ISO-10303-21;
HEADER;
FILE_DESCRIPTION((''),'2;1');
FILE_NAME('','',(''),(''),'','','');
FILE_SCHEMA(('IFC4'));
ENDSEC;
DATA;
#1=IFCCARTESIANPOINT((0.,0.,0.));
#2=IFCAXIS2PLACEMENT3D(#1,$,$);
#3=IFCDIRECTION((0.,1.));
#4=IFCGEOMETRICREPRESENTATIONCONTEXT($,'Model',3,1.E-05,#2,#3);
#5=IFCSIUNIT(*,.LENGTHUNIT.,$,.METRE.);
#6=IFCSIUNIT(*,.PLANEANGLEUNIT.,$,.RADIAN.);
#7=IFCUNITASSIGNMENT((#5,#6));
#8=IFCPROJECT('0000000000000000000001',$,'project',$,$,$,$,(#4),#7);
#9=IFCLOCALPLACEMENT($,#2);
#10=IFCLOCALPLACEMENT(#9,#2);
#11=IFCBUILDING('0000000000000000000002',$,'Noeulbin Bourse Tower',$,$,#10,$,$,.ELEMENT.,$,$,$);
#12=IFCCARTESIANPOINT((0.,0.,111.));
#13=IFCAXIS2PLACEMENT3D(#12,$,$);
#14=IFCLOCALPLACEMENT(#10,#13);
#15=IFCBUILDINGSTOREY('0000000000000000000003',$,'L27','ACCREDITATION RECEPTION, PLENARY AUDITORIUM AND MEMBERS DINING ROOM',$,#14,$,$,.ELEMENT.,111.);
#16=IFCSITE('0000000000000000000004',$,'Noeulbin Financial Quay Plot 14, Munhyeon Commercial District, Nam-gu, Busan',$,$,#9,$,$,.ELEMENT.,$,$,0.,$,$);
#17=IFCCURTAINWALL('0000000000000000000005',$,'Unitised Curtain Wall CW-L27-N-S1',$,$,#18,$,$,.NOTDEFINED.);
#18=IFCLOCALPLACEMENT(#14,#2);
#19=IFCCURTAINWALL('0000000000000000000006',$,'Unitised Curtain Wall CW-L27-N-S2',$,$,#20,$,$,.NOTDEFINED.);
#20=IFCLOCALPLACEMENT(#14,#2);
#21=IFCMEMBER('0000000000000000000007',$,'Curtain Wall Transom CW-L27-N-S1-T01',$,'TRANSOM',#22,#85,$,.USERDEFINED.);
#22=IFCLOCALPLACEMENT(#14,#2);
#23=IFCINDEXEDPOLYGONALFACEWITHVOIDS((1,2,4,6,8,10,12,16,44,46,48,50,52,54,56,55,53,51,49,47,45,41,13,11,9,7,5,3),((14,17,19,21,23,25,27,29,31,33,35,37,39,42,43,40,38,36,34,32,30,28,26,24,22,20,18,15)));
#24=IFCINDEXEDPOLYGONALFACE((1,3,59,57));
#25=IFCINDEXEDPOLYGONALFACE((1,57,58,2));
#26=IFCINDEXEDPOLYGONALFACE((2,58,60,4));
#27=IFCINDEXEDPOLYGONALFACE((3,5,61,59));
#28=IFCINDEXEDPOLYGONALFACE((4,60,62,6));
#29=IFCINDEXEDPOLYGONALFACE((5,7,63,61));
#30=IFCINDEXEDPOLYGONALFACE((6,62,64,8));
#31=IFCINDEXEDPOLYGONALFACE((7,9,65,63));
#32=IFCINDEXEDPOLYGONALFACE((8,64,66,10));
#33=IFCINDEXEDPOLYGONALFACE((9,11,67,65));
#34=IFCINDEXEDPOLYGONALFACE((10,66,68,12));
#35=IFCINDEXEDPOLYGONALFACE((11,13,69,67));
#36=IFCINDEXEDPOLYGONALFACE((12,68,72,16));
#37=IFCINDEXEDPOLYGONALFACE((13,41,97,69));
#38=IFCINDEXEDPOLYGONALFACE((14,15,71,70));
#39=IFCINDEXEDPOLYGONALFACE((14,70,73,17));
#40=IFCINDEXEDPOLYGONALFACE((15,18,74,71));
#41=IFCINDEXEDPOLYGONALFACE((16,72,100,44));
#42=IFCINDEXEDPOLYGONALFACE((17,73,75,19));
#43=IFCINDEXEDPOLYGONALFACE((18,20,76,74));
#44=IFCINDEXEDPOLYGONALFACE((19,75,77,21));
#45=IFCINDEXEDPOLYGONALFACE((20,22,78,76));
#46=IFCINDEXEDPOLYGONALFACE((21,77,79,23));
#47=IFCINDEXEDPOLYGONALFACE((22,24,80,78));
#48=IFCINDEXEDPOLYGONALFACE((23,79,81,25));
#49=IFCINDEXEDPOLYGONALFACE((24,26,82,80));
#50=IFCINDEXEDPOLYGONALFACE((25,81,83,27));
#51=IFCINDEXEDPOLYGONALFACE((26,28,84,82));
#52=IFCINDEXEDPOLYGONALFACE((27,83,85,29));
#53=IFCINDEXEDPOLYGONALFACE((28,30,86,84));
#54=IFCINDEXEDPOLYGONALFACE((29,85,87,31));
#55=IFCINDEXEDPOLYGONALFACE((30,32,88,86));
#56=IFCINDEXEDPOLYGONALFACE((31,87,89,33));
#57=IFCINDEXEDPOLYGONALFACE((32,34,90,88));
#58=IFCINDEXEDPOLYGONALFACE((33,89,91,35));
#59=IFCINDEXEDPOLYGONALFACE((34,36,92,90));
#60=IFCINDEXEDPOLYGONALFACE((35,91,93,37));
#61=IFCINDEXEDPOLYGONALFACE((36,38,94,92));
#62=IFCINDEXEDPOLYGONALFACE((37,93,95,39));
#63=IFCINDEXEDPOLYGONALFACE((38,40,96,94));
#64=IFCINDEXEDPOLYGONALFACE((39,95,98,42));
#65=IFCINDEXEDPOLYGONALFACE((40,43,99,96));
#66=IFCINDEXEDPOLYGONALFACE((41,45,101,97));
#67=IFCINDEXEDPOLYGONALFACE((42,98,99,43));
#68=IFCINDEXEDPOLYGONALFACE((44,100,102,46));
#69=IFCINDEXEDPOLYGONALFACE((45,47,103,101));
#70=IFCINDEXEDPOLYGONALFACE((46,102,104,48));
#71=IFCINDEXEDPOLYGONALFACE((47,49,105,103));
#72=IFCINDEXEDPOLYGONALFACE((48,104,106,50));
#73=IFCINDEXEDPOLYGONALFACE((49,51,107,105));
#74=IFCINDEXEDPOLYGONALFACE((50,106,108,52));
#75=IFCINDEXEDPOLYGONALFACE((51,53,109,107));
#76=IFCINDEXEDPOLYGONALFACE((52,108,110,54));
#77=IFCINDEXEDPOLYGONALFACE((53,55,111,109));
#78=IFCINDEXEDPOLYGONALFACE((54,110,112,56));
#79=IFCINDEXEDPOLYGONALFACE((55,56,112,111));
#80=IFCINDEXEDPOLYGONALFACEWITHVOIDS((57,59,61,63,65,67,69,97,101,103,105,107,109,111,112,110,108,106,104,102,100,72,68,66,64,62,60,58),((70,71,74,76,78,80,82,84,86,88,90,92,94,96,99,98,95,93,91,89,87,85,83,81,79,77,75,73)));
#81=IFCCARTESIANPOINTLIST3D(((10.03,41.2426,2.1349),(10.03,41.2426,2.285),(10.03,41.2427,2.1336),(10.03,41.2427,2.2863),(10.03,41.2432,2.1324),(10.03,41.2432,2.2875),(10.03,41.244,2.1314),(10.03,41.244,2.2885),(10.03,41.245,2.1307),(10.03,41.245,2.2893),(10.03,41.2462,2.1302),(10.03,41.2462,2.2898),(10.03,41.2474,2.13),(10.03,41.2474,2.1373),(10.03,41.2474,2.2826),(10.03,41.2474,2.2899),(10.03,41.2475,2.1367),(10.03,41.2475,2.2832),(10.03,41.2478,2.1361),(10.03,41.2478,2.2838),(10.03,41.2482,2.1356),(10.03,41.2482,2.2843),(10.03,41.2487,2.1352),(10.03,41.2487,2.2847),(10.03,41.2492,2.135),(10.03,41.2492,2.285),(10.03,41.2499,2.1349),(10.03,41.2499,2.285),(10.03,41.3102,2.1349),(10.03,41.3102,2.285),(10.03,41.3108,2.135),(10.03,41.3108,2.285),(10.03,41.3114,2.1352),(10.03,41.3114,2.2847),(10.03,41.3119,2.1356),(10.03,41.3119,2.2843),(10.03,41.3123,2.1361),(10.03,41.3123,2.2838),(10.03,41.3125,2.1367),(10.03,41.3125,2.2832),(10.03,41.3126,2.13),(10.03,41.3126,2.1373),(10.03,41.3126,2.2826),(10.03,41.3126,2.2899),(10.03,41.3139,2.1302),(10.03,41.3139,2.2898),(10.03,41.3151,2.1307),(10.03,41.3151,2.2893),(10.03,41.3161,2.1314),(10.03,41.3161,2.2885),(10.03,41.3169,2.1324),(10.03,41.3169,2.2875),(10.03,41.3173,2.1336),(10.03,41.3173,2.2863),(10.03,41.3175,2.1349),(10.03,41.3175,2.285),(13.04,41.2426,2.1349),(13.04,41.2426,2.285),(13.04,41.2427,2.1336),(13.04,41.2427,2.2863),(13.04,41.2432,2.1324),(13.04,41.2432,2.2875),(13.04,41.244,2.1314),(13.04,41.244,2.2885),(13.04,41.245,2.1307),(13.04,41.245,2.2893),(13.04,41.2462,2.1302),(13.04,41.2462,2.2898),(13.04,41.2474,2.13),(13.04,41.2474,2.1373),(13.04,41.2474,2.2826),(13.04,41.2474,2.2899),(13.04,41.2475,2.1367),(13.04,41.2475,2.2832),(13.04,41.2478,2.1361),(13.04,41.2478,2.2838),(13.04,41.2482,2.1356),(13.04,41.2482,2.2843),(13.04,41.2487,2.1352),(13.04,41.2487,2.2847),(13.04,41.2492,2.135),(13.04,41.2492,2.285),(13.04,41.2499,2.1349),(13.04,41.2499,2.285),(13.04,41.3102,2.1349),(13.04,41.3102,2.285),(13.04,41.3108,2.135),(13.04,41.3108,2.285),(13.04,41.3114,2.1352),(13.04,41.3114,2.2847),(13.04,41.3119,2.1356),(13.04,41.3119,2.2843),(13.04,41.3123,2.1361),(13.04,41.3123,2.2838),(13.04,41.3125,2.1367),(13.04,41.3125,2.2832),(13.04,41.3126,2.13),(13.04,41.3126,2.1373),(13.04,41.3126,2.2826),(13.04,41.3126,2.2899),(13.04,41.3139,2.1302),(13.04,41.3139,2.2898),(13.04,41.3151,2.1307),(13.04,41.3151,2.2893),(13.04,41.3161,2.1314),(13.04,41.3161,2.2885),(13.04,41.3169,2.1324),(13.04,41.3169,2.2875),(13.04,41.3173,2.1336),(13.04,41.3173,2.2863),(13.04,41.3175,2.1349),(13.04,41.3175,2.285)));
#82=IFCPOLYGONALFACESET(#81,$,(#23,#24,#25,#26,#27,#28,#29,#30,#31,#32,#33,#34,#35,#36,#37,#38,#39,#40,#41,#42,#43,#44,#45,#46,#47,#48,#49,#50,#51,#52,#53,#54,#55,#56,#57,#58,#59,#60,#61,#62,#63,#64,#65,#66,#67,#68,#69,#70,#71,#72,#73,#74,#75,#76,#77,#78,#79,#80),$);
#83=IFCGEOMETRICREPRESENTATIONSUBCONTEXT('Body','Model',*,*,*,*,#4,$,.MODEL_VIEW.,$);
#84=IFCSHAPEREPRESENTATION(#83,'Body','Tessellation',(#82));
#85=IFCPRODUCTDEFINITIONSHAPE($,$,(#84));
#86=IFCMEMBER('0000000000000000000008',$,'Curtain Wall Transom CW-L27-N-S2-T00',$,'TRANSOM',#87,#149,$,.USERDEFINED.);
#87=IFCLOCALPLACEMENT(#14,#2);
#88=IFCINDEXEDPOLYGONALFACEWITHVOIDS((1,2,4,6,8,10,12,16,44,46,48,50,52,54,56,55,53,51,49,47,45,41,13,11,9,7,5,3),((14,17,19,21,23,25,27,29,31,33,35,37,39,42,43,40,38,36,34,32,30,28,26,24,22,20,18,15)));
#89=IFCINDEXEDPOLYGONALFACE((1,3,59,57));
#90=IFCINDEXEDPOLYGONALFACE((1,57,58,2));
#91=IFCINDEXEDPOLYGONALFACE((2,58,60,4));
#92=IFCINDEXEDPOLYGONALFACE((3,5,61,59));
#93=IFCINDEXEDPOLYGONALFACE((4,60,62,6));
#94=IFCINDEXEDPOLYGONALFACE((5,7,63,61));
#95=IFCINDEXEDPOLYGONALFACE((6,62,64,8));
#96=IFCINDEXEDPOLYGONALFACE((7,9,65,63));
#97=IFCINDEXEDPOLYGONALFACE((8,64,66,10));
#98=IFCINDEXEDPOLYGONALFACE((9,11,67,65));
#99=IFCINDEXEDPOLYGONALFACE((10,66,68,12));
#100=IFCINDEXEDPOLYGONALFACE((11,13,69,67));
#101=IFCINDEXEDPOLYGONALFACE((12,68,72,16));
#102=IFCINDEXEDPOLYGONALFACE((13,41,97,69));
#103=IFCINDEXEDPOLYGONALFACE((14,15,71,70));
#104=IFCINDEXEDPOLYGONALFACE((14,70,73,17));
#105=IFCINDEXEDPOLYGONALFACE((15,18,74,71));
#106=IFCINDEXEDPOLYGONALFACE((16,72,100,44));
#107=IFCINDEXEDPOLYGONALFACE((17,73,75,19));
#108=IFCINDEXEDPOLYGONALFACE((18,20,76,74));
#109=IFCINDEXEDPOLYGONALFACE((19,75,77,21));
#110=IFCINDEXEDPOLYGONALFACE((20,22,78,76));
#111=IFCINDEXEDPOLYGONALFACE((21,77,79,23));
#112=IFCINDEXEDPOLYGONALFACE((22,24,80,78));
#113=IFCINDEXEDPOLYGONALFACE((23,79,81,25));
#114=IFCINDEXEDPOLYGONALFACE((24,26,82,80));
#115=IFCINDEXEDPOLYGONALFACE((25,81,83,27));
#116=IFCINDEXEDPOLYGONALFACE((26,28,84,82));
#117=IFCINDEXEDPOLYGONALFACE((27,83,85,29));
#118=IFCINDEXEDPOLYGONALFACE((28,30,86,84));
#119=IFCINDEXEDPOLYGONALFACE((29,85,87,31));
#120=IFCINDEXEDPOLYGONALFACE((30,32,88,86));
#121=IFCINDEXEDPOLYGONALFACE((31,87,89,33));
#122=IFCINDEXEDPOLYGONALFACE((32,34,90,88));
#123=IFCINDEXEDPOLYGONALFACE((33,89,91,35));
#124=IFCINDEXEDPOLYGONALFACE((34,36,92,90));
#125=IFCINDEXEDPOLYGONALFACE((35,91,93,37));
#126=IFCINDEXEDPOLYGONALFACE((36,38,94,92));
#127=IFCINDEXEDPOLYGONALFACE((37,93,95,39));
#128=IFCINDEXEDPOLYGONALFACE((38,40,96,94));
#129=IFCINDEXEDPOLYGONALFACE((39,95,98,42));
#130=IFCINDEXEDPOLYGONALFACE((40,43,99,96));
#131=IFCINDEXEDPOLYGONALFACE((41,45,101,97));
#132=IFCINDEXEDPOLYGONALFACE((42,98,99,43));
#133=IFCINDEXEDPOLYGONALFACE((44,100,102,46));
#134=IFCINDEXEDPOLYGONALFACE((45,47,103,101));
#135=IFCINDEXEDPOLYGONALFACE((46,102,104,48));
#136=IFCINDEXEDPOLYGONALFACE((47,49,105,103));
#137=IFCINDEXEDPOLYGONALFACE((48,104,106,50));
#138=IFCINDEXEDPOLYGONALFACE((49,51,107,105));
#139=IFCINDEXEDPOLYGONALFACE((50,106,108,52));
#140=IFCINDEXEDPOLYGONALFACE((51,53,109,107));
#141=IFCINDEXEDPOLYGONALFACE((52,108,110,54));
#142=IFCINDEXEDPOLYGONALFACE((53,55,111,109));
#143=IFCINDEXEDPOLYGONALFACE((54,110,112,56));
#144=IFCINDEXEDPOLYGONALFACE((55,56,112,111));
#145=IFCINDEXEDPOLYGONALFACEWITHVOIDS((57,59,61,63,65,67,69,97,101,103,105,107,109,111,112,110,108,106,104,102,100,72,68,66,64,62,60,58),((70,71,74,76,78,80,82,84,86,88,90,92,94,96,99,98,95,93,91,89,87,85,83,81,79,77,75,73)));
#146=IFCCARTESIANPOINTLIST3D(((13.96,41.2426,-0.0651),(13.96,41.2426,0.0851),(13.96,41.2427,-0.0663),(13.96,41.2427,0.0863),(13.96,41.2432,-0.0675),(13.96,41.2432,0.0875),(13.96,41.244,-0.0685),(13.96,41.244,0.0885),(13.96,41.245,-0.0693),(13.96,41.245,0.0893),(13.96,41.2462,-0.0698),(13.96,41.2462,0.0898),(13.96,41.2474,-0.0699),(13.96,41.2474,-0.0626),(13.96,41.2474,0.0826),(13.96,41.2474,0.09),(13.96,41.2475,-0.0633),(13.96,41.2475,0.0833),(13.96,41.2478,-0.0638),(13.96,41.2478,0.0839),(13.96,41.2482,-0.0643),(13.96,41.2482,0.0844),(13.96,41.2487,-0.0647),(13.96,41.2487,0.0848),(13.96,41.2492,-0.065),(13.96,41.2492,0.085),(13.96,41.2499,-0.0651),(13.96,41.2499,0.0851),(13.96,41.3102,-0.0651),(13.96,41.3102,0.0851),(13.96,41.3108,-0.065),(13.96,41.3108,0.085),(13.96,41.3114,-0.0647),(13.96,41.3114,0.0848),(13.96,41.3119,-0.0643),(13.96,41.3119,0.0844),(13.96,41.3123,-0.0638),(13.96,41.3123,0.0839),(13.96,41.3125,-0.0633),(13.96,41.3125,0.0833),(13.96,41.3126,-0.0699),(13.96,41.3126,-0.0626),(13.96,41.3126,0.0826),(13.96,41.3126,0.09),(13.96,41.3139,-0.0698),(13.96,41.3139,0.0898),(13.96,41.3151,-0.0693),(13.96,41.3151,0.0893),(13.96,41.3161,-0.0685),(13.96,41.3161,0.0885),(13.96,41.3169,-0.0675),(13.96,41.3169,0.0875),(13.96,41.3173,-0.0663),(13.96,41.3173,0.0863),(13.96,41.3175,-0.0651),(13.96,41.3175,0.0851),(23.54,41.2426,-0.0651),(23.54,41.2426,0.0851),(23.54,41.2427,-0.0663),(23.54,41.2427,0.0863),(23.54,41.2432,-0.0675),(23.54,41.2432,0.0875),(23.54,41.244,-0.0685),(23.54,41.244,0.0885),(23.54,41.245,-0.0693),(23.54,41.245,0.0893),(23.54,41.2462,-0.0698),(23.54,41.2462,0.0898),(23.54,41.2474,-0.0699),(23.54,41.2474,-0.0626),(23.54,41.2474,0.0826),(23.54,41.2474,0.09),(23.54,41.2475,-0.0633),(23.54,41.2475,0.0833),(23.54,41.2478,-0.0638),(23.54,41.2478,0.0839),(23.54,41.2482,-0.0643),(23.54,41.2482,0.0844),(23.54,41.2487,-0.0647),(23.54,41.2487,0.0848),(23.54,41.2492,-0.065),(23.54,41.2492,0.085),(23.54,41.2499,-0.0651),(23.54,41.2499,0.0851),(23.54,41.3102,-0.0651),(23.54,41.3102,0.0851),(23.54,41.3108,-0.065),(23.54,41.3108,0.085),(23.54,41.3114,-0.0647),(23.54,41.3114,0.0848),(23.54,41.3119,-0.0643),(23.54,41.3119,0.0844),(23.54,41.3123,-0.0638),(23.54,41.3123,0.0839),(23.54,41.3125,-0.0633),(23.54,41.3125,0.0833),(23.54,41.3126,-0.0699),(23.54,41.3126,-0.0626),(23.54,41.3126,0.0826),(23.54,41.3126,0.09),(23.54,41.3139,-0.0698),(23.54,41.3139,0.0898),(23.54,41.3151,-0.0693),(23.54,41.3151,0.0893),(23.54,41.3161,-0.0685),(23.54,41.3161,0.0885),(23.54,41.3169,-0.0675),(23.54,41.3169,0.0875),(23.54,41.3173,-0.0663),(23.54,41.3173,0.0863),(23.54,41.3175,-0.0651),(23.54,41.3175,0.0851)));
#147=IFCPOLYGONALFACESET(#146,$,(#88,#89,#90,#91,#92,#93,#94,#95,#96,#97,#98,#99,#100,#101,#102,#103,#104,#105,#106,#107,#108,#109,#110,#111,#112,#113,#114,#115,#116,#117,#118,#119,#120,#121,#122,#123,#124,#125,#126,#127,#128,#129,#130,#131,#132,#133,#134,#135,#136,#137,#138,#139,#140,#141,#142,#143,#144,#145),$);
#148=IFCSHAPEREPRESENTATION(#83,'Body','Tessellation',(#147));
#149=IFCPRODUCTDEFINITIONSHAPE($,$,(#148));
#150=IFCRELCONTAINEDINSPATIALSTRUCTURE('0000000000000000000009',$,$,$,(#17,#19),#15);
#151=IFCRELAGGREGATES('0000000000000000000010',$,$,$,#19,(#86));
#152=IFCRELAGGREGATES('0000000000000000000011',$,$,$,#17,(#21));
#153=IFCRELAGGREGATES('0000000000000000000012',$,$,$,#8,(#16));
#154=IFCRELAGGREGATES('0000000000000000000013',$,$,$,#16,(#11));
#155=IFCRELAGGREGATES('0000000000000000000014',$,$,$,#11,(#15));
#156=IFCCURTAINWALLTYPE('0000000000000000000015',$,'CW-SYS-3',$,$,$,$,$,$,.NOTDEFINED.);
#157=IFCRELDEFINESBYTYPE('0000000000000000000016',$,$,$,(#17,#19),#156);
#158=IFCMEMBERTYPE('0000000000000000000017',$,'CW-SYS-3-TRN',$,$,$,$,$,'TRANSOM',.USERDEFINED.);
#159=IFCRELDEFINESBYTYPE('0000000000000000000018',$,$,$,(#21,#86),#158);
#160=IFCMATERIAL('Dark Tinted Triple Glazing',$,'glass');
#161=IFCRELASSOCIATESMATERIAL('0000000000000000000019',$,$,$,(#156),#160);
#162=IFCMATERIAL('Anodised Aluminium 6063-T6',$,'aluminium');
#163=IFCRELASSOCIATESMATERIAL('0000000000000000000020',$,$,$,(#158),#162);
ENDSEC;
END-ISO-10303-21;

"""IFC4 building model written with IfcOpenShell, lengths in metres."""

from ifc_helpers import new_model, si_unit, direction, frame, origin, origin_2d, place, context, subcontext, project, spatial, hollow_rectangle, extrude, material, material_profile, profile_set, type_object, element, aggregate, save


model = new_model("IFC4")

# Units and contexts
model_context = context("Model", 3, precision=1e-05, world=origin(), true_north=direction((0.0, 1.0)))
body_context = subcontext(model_context, "Body", "Model", "MODEL_VIEW")
ifc_project = project(units=[si_unit("LENGTHUNIT", "METRE"), si_unit("PLANEANGLEUNIT", "RADIAN")], contexts=[model_context])

# Site, building, storey
site_placement = place(None, origin())
site = spatial("IfcSite", under=ifc_project, at=site_placement, Name="Noeulbin Financial Quay Plot 14, Munhyeon Commercial District, Nam-gu, Busan", CompositionType="ELEMENT", RefElevation=0.0)
building_placement = place(site_placement, origin())
building = spatial("IfcBuilding", under=site, at=building_placement, Name="Noeulbin Bourse Tower", CompositionType="ELEMENT")
storey_placement = place(building_placement, frame((0.0, 0.0, 111.0)))
storey = spatial("IfcBuildingStorey", under=building, at=storey_placement, Name="L27", Description="ACCREDITATION RECEPTION, PLENARY AUDITORIUM AND MEMBERS DINING ROOM", CompositionType="ELEMENT", Elevation=111.0)

# Curtain wall
ifc_material_1 = material(Name="Dark Tinted Triple Glazing", Category="glass")
curtain_wall_type = type_object("IfcCurtainWallType", Name="CW-SYS-3", PredefinedType="NOTDEFINED", material=ifc_material_1)
curtain_wall_1_placement = place(storey_placement, origin())
curtain_wall_1 = element("IfcCurtainWall", 1, at=curtain_wall_1_placement, inside=storey, type_object=curtain_wall_type, Name="Unitised Curtain Wall CW-L27-N-S1", PredefinedType="NOTDEFINED")
ifc_material_2 = material(Name="Anodised Aluminium 6063-T6", Category="aluminium")

# Curtain wall
curtain_wall_2_placement = place(storey_placement, origin())
curtain_wall_2 = element("IfcCurtainWall", 2, at=curtain_wall_2_placement, inside=storey, type_object=curtain_wall_type, Name="Unitised Curtain Wall CW-L27-N-S2", PredefinedType="NOTDEFINED")

# Members
ifc_material_profile_1 = material_profile(ifc_material_2, hollow_rectangle(XDim=0.075, YDim=0.1599, WallThickness=0.0049, InnerFilletRadius=0.0024, OuterFilletRadius=0.0049, at=origin_2d()), Name="ALU-TRAN-75x160x5", Category="LoadBearing")
ifc_profile_set_1 = profile_set([ifc_material_profile_1], Name="Anodised Aluminium 6063-T6")
member_type_1 = type_object("IfcMemberType", Name="CW-SYS-3-TRN", ElementType="TRANSOM", PredefinedType="USERDEFINED", material=ifc_profile_set_1)
member_1_placement = place(storey_placement, frame((10.03, 41.28, 2.21), z_axis=(1.0, 0.0, 0.0), x_axis=(0.0, 1.0, 0.0)))
member_1 = element("IfcMember", 3, at=member_1_placement, type_object=member_type_1, Name="Curtain Wall Transom CW-L27-N-S1-T01", ObjectType="TRANSOM", PredefinedType="USERDEFINED", context=body_context, shape_type="SweptSolid", body=[
    extrude(hollow_rectangle(XDim=0.075, YDim=0.1599, WallThickness=0.0049, InnerFilletRadius=0.0024, OuterFilletRadius=0.0049, at=origin_2d()), origin(), (0.0, 0.0, 1.0), 3.01),
])
member_2_placement = place(storey_placement, frame((13.96, 41.28, 0.01), z_axis=(1.0, 0.0, 0.0), x_axis=(0.0, 1.0, 0.0)))
member_2 = element("IfcMember", 4, at=member_2_placement, type_object=member_type_1, Name="Curtain Wall Transom CW-L27-N-S2-T00", ObjectType="TRANSOM", PredefinedType="USERDEFINED", context=body_context, shape_type="SweptSolid", body=[
    extrude(hollow_rectangle(XDim=0.075, YDim=0.1599, WallThickness=0.0049, InnerFilletRadius=0.0024, OuterFilletRadius=0.0049, at=origin_2d()), origin(), (0.0, 0.0, 1.0), 9.5801),
])
aggregate(curtain_wall_2, [member_2])

aggregate(curtain_wall_1, [member_1])

save(model, "model.ifc")
